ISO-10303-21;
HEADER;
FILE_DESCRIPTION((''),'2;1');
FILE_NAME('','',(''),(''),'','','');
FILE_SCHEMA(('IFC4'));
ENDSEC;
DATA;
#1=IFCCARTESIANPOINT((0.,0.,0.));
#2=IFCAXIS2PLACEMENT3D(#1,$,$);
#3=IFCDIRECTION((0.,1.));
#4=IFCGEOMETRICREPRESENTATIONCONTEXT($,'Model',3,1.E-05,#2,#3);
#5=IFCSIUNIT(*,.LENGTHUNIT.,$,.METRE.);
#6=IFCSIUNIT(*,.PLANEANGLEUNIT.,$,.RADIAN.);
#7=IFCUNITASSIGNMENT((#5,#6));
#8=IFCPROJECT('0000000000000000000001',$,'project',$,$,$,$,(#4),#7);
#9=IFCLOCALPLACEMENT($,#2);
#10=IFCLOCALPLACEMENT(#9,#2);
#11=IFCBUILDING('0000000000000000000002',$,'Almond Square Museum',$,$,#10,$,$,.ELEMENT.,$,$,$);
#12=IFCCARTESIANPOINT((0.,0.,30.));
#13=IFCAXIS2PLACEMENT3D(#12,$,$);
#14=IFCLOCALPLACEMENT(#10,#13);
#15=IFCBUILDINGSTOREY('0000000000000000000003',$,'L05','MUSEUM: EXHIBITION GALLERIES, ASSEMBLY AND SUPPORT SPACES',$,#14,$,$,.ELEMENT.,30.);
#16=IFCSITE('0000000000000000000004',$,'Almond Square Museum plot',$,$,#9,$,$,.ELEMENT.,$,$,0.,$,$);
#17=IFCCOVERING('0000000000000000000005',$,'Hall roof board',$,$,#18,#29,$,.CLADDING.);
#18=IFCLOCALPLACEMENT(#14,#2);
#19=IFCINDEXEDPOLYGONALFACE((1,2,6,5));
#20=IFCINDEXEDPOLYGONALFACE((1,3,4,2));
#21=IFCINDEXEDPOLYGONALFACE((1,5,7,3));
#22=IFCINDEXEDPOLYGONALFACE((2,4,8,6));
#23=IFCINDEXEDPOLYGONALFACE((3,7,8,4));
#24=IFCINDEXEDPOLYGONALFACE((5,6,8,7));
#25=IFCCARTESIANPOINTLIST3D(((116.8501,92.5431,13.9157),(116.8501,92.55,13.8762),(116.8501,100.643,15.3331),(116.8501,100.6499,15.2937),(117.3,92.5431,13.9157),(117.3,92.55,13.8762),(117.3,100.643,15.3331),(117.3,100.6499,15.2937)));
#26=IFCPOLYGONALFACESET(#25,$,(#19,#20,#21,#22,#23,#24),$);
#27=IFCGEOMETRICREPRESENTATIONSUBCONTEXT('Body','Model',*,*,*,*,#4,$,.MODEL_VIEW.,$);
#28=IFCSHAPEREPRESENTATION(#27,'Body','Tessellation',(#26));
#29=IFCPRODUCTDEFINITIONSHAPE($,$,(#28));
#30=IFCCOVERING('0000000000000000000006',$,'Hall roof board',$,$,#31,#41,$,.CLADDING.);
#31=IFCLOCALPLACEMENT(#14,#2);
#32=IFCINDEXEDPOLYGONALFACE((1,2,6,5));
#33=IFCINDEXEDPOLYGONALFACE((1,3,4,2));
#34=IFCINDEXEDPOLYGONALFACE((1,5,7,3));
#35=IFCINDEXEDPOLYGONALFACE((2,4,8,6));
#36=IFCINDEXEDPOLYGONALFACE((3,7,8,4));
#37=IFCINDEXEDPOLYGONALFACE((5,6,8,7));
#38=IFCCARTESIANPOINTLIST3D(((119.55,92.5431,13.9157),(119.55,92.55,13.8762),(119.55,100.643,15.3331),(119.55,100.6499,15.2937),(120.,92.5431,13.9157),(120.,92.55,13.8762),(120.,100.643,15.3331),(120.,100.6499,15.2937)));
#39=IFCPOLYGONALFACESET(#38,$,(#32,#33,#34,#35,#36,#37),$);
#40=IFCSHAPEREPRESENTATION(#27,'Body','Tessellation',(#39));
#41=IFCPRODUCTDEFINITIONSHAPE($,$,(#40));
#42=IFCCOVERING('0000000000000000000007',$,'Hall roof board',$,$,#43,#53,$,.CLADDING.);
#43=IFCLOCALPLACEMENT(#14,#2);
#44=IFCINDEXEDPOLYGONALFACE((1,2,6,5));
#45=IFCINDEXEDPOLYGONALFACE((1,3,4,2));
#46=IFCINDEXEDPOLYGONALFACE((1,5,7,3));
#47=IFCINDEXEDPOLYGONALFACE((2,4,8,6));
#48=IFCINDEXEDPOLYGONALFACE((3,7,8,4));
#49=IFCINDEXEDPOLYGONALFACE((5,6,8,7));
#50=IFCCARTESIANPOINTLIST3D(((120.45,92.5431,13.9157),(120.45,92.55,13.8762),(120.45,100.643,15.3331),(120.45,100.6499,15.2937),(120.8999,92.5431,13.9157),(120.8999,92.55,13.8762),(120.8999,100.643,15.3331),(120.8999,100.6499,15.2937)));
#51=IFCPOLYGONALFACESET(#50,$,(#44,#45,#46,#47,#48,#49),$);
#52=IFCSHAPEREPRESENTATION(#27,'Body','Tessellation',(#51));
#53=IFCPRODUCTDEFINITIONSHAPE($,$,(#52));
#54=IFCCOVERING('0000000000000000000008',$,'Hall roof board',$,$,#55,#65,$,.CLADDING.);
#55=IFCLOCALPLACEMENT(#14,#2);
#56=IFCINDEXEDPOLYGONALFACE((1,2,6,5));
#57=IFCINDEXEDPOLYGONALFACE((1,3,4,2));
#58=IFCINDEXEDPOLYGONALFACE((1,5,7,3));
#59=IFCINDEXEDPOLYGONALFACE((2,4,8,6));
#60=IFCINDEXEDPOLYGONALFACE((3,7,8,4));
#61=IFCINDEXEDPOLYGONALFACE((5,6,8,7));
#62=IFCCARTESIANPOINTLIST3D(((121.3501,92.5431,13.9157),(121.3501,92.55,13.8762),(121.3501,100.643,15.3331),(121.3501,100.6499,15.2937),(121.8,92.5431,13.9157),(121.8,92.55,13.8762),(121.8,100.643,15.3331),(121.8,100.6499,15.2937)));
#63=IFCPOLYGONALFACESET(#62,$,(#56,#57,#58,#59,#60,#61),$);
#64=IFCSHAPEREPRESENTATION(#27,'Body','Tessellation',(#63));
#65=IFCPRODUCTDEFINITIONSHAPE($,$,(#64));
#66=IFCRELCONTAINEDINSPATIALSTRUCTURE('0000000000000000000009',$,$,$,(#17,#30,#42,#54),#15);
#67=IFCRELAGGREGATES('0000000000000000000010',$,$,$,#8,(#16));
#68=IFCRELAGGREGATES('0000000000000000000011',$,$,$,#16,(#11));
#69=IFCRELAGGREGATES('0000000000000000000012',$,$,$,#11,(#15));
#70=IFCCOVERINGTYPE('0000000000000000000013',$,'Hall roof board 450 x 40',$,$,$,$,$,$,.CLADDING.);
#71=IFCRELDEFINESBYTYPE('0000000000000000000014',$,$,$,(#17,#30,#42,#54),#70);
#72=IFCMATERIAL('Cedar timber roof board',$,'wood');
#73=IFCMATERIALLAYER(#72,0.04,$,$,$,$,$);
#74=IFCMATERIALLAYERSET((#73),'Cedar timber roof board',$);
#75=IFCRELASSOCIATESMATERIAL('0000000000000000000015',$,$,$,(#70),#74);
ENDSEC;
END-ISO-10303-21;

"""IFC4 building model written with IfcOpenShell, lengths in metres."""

from ifc_helpers import new_model, si_unit, direction, frame, origin, place, context, subcontext, project, spatial, polyline, outline, extrude, material, layer, layer_set, type_object, element, save


model = new_model("IFC4")

# Units and contexts
model_context = context("Model", 3, precision=1e-05, world=origin(), true_north=direction((0.0, 1.0)))
body_context = subcontext(model_context, "Body", "Model", "MODEL_VIEW")
ifc_project = project(units=[si_unit("LENGTHUNIT", "METRE"), si_unit("PLANEANGLEUNIT", "RADIAN")], contexts=[model_context])

# Site, building, storey
site_placement = place(None, origin())
site = spatial("IfcSite", under=ifc_project, at=site_placement, Name="Almond Square Museum plot", CompositionType="ELEMENT", RefElevation=0.0)
building_placement = place(site_placement, origin())
building = spatial("IfcBuilding", under=site, at=building_placement, Name="Almond Square Museum", CompositionType="ELEMENT")
storey_placement = place(building_placement, frame((0.0, 0.0, 30.0)))
storey = spatial("IfcBuildingStorey", under=building, at=storey_placement, Name="L05", Description="MUSEUM: EXHIBITION GALLERIES, ASSEMBLY AND SUPPORT SPACES", CompositionType="ELEMENT", Elevation=30.0)

# Coverings
ifc_material_1 = material(Name="Cedar timber roof board", Category="wood")
ifc_layer = layer(ifc_material_1, 0.04)
ifc_layer_set = layer_set([ifc_layer], Name="Cedar timber roof board")
covering_type = type_object("IfcCoveringType", Name="Hall roof board 450 x 40", PredefinedType="CLADDING", material=ifc_layer_set)
for number, where, z_axis, x_axis, name in (
    (1, (117.3, 100.6499, 15.2937), (0.0, -0.172381, 0.98503), (-1.0, 0.0, 0.0), "Hall roof board"),
    (2, (120.0, 100.6499, 15.2937), (0.0, -0.172381, 0.98503), (-1.0, 0.0, 0.0), "Hall roof board"),
    (3, (120.8999, 100.6499, 15.2937), (0.0, -0.172381, 0.98503), (-1.0, 0.0, 0.0), "Hall roof board"),
    (4, (121.8, 100.6499, 15.2937), (0.0, -0.172381, 0.98503), (-1.0, 0.0, 0.0), "Hall roof board"),
):
    element("IfcCovering", number, at=place(storey_placement, frame(where, z_axis=z_axis, x_axis=x_axis)), inside=storey, type_object=covering_type, Name=name, PredefinedType="CLADDING", context=body_context, shape_type="SweptSolid", body=[
        extrude(outline(polyline([(0.0, 0.0), (0.45, 0.0), (0.45, 8.2229), (0.0, 8.2229), (0.0, 0.0)])), origin(), (0.0, 0.0, 1.0), 0.04),
    ])

save(model, "model.ifc")
